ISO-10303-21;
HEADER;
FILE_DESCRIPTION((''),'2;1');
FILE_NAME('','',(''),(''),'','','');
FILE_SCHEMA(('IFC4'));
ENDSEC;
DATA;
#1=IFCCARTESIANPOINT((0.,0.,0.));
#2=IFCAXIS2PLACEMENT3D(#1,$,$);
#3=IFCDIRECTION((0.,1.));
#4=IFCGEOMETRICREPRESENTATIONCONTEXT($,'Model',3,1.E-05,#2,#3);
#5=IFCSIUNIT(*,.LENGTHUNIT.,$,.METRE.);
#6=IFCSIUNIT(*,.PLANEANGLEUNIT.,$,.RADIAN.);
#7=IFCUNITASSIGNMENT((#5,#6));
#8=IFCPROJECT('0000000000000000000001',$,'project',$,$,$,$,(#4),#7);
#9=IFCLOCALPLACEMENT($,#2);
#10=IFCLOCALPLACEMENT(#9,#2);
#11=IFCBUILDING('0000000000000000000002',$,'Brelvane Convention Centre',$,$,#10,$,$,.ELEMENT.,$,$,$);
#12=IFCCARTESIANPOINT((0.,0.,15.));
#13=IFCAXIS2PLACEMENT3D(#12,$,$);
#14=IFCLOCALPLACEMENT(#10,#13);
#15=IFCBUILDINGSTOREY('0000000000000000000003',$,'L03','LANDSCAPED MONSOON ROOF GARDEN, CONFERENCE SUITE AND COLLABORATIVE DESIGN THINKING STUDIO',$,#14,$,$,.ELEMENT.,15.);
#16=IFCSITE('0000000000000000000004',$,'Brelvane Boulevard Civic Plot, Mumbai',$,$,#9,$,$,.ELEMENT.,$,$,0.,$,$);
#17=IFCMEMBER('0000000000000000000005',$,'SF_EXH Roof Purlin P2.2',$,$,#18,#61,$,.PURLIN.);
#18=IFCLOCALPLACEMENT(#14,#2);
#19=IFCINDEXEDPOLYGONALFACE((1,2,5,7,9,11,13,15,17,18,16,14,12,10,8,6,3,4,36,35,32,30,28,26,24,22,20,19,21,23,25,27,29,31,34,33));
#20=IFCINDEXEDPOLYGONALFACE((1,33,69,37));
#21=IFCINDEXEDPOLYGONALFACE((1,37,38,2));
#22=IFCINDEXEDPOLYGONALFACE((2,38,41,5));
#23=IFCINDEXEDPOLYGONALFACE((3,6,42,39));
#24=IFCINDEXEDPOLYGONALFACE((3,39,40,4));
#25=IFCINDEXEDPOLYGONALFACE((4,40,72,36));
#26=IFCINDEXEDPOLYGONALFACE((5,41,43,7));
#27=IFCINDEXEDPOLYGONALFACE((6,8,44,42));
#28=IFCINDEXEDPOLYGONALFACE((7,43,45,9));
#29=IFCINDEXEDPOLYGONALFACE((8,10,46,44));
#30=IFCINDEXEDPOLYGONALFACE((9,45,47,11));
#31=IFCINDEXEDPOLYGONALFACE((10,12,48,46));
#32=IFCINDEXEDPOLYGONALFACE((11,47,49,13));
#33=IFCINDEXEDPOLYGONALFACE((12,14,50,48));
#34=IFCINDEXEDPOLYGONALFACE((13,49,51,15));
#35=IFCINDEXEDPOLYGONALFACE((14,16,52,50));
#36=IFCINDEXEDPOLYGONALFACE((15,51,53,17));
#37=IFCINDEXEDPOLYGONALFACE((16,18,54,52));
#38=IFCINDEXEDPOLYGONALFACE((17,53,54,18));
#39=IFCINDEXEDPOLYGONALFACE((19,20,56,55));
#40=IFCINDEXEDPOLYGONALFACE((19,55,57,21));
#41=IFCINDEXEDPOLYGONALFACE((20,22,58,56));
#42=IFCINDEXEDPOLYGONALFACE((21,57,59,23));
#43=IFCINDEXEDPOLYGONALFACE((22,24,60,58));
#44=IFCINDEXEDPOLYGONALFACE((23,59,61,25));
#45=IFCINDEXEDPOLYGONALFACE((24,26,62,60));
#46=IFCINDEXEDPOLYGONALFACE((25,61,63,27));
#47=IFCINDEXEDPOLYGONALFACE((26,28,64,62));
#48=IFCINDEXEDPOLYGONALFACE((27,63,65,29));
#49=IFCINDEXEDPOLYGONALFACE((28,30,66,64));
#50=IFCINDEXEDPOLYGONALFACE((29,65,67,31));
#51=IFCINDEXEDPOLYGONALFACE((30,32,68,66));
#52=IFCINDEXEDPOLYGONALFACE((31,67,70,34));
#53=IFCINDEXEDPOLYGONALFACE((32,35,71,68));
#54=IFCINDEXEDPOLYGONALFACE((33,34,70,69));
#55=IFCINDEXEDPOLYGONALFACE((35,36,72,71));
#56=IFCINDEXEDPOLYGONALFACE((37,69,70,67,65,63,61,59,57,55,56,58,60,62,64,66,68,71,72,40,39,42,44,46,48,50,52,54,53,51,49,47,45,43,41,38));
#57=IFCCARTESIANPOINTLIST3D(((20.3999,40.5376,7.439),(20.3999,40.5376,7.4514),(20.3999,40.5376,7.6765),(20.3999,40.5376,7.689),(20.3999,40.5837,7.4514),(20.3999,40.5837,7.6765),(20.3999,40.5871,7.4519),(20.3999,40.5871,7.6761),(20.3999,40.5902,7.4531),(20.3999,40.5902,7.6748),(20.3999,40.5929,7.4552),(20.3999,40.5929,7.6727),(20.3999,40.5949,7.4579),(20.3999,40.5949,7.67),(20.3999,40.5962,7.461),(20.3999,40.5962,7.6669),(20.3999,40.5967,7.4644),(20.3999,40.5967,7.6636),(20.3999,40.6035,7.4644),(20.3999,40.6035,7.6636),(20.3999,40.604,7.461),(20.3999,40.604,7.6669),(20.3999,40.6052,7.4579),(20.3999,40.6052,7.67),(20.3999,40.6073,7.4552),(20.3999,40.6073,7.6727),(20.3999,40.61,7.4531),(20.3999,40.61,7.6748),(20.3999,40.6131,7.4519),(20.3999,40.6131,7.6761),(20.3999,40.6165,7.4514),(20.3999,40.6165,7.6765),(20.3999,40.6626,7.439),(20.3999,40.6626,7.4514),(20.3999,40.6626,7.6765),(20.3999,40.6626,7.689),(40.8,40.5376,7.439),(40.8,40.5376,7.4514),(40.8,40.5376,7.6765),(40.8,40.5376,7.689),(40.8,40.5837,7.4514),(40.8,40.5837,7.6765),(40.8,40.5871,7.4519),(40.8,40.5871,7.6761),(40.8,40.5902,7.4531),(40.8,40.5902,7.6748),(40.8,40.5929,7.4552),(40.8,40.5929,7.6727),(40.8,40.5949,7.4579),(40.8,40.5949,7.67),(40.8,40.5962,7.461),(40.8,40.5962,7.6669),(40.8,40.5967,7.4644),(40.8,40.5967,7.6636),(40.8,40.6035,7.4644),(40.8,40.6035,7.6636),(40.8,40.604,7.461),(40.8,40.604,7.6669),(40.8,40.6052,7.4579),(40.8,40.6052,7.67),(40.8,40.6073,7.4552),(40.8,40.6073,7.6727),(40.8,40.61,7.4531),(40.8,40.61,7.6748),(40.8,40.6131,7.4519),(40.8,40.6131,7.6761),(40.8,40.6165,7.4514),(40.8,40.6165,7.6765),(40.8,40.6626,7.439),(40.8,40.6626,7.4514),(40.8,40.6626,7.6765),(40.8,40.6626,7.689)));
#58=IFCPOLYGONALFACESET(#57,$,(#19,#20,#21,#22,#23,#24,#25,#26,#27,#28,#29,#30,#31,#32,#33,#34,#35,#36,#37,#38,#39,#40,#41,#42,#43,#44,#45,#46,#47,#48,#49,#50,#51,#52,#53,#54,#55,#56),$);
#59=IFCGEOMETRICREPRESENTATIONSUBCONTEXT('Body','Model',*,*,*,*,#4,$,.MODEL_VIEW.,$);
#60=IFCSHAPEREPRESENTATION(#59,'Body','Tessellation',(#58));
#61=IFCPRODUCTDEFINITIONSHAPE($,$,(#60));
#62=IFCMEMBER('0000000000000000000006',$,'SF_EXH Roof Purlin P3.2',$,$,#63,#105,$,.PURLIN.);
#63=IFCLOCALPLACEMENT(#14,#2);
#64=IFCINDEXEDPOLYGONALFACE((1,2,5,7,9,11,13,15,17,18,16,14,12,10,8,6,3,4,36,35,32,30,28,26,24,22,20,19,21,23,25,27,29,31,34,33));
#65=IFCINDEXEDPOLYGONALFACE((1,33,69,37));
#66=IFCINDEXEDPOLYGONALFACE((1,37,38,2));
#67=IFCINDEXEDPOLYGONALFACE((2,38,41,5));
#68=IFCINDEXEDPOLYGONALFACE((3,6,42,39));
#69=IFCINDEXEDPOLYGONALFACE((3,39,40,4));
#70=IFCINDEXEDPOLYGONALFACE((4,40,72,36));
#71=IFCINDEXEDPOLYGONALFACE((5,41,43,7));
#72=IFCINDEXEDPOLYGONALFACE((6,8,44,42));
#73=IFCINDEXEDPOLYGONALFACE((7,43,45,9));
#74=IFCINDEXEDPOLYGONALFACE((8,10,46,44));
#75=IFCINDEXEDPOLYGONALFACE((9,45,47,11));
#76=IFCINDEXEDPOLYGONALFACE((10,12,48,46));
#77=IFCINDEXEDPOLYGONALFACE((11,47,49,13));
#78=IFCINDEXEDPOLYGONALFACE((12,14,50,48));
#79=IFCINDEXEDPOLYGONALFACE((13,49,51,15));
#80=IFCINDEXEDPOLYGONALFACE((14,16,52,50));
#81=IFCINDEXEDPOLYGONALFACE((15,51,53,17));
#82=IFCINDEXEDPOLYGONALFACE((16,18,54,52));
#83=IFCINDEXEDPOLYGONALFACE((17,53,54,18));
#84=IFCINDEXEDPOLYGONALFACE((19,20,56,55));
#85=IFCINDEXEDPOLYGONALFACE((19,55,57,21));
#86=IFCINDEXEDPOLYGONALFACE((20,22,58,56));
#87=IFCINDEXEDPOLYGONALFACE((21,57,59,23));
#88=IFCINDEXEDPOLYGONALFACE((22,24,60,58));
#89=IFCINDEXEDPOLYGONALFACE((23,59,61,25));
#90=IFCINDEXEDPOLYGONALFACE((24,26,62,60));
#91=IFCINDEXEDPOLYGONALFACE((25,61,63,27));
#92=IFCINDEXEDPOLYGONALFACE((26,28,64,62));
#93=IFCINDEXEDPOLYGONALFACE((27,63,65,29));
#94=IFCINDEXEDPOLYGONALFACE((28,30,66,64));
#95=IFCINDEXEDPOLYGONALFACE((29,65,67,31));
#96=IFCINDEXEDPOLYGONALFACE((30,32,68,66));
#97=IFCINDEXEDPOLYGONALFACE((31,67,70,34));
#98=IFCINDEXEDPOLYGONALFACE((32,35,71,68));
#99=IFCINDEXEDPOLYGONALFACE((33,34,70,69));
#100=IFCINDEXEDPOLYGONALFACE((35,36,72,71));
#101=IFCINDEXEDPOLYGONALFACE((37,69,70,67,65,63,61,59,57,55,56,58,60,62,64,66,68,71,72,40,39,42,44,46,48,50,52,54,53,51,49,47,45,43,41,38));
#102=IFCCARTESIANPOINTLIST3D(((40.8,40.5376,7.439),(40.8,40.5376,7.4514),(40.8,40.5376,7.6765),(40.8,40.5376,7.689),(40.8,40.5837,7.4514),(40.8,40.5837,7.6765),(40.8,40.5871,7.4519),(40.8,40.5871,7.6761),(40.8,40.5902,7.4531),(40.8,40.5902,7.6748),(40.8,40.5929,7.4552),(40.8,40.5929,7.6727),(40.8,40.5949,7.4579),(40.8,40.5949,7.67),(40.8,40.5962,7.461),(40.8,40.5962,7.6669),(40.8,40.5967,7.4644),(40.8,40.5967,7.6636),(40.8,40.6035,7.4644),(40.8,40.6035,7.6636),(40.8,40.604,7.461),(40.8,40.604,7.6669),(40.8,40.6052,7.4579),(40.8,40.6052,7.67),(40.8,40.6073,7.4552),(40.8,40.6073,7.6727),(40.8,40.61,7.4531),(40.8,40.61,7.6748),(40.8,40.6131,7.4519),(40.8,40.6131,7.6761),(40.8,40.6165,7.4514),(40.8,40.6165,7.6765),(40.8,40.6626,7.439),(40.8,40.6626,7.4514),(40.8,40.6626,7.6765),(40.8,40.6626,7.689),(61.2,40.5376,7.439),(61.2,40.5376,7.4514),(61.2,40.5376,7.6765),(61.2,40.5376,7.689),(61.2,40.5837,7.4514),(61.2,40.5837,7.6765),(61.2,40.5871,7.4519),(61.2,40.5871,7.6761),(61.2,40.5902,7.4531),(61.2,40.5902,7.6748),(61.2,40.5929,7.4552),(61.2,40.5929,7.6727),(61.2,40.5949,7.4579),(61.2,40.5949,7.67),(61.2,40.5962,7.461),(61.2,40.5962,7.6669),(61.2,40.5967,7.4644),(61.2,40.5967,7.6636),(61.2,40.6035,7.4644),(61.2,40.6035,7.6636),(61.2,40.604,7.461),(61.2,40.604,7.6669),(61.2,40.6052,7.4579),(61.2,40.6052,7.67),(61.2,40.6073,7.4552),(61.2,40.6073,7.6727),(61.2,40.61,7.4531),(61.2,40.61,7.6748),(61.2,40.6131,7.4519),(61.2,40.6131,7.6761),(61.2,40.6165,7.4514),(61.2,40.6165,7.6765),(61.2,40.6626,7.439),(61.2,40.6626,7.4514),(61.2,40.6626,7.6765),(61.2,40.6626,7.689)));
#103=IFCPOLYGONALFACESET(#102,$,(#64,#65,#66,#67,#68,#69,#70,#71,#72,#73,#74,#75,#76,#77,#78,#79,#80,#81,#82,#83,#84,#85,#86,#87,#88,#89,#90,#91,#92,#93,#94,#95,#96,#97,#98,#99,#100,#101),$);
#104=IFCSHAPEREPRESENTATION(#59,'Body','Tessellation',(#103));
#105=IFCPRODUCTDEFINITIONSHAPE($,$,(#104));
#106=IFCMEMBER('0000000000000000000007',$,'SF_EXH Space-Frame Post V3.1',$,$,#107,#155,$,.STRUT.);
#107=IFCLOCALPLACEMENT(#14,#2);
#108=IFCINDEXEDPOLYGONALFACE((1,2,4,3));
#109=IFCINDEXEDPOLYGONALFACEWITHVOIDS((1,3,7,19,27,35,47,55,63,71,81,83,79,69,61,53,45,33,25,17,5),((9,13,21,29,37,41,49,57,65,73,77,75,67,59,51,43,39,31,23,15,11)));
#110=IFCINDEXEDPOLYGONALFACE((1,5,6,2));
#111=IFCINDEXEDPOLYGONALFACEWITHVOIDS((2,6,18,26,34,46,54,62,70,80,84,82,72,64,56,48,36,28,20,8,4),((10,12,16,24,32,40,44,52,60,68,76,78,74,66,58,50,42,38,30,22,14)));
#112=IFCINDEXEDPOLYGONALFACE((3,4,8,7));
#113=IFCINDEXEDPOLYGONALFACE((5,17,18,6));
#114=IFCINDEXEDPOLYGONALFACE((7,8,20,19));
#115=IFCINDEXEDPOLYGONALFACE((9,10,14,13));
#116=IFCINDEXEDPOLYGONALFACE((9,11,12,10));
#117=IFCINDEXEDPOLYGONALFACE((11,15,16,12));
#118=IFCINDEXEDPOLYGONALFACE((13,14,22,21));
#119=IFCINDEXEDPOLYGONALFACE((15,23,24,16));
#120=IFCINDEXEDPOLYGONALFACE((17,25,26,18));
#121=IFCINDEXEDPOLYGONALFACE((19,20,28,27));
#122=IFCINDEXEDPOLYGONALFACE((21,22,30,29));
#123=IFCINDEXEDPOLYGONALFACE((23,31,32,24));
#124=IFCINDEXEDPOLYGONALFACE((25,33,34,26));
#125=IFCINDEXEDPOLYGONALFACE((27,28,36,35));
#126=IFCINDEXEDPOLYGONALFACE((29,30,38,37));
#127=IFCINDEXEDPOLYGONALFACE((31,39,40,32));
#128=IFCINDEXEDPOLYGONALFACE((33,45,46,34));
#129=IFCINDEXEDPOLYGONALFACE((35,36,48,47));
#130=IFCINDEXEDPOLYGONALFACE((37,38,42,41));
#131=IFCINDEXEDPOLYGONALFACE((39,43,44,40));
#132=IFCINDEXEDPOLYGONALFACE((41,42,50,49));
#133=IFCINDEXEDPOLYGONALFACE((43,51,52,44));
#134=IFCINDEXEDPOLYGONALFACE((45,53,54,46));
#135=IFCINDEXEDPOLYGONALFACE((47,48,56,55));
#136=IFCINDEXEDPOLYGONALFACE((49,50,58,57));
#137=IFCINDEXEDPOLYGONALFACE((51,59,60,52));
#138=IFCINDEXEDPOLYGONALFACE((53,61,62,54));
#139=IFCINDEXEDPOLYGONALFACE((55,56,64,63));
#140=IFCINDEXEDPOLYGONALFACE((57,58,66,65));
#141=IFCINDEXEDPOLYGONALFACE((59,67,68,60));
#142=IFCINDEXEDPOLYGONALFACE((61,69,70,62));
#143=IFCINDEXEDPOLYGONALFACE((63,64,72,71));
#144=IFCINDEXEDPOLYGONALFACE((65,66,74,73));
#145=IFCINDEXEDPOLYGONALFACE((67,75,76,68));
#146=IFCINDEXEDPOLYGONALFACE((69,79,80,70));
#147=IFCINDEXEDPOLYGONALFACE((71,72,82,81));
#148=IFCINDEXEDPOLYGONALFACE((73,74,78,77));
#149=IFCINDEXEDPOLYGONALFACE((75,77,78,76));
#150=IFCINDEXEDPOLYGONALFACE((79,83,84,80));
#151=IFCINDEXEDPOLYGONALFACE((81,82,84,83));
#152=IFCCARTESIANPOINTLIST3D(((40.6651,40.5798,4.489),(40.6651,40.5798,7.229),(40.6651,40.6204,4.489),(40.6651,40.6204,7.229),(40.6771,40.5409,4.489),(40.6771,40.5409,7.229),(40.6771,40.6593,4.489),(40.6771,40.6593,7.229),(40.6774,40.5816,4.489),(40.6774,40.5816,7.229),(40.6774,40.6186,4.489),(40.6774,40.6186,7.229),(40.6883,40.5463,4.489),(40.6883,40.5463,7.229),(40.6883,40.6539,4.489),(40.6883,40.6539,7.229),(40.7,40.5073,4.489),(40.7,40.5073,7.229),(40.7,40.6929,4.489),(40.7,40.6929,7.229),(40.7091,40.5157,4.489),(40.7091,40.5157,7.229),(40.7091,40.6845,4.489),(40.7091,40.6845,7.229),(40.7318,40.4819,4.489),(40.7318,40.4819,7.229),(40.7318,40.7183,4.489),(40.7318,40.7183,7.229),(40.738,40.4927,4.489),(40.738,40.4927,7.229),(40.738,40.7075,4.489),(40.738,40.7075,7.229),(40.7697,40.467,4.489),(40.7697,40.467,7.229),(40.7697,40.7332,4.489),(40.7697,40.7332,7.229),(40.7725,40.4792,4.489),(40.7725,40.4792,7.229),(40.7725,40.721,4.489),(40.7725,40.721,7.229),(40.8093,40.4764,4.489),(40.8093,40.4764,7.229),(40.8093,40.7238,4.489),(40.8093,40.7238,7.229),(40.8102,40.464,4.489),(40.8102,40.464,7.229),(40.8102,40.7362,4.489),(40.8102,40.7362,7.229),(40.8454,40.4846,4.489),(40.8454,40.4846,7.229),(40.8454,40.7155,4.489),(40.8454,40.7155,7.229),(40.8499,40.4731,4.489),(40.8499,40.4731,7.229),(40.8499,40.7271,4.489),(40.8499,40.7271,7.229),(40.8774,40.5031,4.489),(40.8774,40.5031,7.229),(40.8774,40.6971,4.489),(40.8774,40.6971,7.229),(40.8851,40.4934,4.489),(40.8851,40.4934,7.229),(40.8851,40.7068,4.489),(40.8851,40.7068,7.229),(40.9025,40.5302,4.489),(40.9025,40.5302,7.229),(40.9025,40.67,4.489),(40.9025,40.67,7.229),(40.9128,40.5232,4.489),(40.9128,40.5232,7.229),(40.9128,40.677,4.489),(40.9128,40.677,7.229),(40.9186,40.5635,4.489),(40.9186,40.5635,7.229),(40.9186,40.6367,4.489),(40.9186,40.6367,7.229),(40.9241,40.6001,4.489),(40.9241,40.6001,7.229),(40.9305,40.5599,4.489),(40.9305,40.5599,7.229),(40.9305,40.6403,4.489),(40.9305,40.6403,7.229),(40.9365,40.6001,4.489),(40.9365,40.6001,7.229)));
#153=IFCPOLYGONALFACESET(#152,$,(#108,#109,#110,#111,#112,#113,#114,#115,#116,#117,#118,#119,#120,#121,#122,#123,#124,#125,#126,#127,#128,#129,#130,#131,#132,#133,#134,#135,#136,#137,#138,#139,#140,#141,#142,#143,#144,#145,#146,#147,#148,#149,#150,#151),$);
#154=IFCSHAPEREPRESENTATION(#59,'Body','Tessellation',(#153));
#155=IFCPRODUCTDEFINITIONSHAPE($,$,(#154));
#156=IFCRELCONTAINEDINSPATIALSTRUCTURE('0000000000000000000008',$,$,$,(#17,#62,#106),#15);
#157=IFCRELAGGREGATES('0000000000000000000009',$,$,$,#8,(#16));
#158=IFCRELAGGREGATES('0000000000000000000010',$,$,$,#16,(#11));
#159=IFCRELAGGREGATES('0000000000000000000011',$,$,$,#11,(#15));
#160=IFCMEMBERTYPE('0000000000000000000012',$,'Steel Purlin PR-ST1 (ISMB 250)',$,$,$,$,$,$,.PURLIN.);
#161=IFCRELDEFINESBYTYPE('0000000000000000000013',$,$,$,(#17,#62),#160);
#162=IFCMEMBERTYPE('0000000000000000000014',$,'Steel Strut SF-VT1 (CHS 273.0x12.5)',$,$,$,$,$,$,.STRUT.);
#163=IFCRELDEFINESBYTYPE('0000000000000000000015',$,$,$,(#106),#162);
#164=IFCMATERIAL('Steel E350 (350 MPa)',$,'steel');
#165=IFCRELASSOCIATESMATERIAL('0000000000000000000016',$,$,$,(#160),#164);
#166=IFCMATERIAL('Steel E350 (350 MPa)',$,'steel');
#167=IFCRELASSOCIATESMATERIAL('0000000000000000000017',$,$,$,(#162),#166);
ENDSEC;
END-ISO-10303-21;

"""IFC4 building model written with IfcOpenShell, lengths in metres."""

from ifc_helpers import new_model, si_unit, direction, frame, origin, origin_2d, place, context, subcontext, project, spatial, hollow_circle, i_section, extrude, material, material_profile, profile_set, type_object, element, save


model = new_model("IFC4")

# Units and contexts
model_context = context("Model", 3, precision=1e-05, world=origin(), true_north=direction((0.0, 1.0)))
body_context = subcontext(model_context, "Body", "Model", "MODEL_VIEW")
ifc_project = project(units=[si_unit("LENGTHUNIT", "METRE"), si_unit("PLANEANGLEUNIT", "RADIAN")], contexts=[model_context])

# Site, building, storey
site_placement = place(None, origin())
site = spatial("IfcSite", under=ifc_project, at=site_placement, Name="Brelvane Boulevard Civic Plot, Mumbai", CompositionType="ELEMENT", RefElevation=0.0)
building_placement = place(site_placement, origin())
building = spatial("IfcBuilding", under=site, at=building_placement, Name="Brelvane Convention Centre", CompositionType="ELEMENT")
storey_placement = place(building_placement, frame((0.0, 0.0, 15.0)))
storey = spatial("IfcBuildingStorey", under=building, at=storey_placement, Name="L03", Description="LANDSCAPED MONSOON ROOF GARDEN, CONFERENCE SUITE AND COLLABORATIVE DESIGN THINKING STUDIO", CompositionType="ELEMENT", Elevation=15.0)

# Members
ifc_material_1 = material(Name="Steel E350 (350 MPa)", Category="steel")
ifc_material_profile_1 = material_profile(ifc_material_1, i_section(OverallWidth=0.125, OverallDepth=0.25, WebThickness=0.0068, FlangeThickness=0.0125, FilletRadius=0.0129, at=origin_2d()), Name="ISMB 250")
ifc_profile_set_1 = profile_set([ifc_material_profile_1], Name="Steel E350 (350 MPa)")
member_type_1 = type_object("IfcMemberType", Name="Steel Purlin PR-ST1 (ISMB 250)", PredefinedType="PURLIN", material=ifc_profile_set_1)
member_1_placement = place(storey_placement, frame((20.3999, 40.6001, 7.564), z_axis=(1.0, 0.0, 0.0), x_axis=(0.0, 1.0, 0.0)))
element("IfcMember", 1, at=member_1_placement, inside=storey, type_object=member_type_1, Name="SF_EXH Roof Purlin P2.2", PredefinedType="PURLIN", context=body_context, shape_type="SweptSolid", body=[
    extrude(i_section(OverallWidth=0.125, OverallDepth=0.25, WebThickness=0.0068, FlangeThickness=0.0125, FilletRadius=0.0129, at=origin_2d()), origin(), (0.0, 0.0, 1.0), 20.4001),
])
member_2_placement = place(storey_placement, frame((40.8, 40.6001, 7.564), z_axis=(1.0, 0.0, 0.0), x_axis=(0.0, 1.0, 0.0)))
element("IfcMember", 2, at=member_2_placement, inside=storey, type_object=member_type_1, Name="SF_EXH Roof Purlin P3.2", PredefinedType="PURLIN", context=body_context, shape_type="SweptSolid", body=[
    extrude(i_section(OverallWidth=0.125, OverallDepth=0.25, WebThickness=0.0068, FlangeThickness=0.0125, FilletRadius=0.0129, at=origin_2d()), origin(), (0.0, 0.0, 1.0), 20.3999),
])
ifc_material_2 = material(Name="Steel E350 (350 MPa)", Category="steel")
ifc_material_profile_2 = material_profile(ifc_material_2, hollow_circle(Radius=0.1365, WallThickness=0.0125, at=origin_2d()), Name="CHS 273.0x12.5")
ifc_profile_set_2 = profile_set([ifc_material_profile_2], Name="Steel E350 (350 MPa)")
member_type_2 = type_object("IfcMemberType", Name="Steel Strut SF-VT1 (CHS 273.0x12.5)", PredefinedType="STRUT", material=ifc_profile_set_2)
member_3_placement = place(storey_placement, frame((40.8, 40.6001, 4.489), z_axis=(0.0, 0.0, 1.0), x_axis=(1.0, 0.0, 0.0)))
element("IfcMember", 3, at=member_3_placement, inside=storey, type_object=member_type_2, Name="SF_EXH Space-Frame Post V3.1", PredefinedType="STRUT", context=body_context, shape_type="SweptSolid", body=[
    extrude(hollow_circle(Radius=0.1365, WallThickness=0.0125, at=origin_2d()), origin(), (0.0, 0.0, 1.0), 2.74),
])

save(model, "model.ifc")
